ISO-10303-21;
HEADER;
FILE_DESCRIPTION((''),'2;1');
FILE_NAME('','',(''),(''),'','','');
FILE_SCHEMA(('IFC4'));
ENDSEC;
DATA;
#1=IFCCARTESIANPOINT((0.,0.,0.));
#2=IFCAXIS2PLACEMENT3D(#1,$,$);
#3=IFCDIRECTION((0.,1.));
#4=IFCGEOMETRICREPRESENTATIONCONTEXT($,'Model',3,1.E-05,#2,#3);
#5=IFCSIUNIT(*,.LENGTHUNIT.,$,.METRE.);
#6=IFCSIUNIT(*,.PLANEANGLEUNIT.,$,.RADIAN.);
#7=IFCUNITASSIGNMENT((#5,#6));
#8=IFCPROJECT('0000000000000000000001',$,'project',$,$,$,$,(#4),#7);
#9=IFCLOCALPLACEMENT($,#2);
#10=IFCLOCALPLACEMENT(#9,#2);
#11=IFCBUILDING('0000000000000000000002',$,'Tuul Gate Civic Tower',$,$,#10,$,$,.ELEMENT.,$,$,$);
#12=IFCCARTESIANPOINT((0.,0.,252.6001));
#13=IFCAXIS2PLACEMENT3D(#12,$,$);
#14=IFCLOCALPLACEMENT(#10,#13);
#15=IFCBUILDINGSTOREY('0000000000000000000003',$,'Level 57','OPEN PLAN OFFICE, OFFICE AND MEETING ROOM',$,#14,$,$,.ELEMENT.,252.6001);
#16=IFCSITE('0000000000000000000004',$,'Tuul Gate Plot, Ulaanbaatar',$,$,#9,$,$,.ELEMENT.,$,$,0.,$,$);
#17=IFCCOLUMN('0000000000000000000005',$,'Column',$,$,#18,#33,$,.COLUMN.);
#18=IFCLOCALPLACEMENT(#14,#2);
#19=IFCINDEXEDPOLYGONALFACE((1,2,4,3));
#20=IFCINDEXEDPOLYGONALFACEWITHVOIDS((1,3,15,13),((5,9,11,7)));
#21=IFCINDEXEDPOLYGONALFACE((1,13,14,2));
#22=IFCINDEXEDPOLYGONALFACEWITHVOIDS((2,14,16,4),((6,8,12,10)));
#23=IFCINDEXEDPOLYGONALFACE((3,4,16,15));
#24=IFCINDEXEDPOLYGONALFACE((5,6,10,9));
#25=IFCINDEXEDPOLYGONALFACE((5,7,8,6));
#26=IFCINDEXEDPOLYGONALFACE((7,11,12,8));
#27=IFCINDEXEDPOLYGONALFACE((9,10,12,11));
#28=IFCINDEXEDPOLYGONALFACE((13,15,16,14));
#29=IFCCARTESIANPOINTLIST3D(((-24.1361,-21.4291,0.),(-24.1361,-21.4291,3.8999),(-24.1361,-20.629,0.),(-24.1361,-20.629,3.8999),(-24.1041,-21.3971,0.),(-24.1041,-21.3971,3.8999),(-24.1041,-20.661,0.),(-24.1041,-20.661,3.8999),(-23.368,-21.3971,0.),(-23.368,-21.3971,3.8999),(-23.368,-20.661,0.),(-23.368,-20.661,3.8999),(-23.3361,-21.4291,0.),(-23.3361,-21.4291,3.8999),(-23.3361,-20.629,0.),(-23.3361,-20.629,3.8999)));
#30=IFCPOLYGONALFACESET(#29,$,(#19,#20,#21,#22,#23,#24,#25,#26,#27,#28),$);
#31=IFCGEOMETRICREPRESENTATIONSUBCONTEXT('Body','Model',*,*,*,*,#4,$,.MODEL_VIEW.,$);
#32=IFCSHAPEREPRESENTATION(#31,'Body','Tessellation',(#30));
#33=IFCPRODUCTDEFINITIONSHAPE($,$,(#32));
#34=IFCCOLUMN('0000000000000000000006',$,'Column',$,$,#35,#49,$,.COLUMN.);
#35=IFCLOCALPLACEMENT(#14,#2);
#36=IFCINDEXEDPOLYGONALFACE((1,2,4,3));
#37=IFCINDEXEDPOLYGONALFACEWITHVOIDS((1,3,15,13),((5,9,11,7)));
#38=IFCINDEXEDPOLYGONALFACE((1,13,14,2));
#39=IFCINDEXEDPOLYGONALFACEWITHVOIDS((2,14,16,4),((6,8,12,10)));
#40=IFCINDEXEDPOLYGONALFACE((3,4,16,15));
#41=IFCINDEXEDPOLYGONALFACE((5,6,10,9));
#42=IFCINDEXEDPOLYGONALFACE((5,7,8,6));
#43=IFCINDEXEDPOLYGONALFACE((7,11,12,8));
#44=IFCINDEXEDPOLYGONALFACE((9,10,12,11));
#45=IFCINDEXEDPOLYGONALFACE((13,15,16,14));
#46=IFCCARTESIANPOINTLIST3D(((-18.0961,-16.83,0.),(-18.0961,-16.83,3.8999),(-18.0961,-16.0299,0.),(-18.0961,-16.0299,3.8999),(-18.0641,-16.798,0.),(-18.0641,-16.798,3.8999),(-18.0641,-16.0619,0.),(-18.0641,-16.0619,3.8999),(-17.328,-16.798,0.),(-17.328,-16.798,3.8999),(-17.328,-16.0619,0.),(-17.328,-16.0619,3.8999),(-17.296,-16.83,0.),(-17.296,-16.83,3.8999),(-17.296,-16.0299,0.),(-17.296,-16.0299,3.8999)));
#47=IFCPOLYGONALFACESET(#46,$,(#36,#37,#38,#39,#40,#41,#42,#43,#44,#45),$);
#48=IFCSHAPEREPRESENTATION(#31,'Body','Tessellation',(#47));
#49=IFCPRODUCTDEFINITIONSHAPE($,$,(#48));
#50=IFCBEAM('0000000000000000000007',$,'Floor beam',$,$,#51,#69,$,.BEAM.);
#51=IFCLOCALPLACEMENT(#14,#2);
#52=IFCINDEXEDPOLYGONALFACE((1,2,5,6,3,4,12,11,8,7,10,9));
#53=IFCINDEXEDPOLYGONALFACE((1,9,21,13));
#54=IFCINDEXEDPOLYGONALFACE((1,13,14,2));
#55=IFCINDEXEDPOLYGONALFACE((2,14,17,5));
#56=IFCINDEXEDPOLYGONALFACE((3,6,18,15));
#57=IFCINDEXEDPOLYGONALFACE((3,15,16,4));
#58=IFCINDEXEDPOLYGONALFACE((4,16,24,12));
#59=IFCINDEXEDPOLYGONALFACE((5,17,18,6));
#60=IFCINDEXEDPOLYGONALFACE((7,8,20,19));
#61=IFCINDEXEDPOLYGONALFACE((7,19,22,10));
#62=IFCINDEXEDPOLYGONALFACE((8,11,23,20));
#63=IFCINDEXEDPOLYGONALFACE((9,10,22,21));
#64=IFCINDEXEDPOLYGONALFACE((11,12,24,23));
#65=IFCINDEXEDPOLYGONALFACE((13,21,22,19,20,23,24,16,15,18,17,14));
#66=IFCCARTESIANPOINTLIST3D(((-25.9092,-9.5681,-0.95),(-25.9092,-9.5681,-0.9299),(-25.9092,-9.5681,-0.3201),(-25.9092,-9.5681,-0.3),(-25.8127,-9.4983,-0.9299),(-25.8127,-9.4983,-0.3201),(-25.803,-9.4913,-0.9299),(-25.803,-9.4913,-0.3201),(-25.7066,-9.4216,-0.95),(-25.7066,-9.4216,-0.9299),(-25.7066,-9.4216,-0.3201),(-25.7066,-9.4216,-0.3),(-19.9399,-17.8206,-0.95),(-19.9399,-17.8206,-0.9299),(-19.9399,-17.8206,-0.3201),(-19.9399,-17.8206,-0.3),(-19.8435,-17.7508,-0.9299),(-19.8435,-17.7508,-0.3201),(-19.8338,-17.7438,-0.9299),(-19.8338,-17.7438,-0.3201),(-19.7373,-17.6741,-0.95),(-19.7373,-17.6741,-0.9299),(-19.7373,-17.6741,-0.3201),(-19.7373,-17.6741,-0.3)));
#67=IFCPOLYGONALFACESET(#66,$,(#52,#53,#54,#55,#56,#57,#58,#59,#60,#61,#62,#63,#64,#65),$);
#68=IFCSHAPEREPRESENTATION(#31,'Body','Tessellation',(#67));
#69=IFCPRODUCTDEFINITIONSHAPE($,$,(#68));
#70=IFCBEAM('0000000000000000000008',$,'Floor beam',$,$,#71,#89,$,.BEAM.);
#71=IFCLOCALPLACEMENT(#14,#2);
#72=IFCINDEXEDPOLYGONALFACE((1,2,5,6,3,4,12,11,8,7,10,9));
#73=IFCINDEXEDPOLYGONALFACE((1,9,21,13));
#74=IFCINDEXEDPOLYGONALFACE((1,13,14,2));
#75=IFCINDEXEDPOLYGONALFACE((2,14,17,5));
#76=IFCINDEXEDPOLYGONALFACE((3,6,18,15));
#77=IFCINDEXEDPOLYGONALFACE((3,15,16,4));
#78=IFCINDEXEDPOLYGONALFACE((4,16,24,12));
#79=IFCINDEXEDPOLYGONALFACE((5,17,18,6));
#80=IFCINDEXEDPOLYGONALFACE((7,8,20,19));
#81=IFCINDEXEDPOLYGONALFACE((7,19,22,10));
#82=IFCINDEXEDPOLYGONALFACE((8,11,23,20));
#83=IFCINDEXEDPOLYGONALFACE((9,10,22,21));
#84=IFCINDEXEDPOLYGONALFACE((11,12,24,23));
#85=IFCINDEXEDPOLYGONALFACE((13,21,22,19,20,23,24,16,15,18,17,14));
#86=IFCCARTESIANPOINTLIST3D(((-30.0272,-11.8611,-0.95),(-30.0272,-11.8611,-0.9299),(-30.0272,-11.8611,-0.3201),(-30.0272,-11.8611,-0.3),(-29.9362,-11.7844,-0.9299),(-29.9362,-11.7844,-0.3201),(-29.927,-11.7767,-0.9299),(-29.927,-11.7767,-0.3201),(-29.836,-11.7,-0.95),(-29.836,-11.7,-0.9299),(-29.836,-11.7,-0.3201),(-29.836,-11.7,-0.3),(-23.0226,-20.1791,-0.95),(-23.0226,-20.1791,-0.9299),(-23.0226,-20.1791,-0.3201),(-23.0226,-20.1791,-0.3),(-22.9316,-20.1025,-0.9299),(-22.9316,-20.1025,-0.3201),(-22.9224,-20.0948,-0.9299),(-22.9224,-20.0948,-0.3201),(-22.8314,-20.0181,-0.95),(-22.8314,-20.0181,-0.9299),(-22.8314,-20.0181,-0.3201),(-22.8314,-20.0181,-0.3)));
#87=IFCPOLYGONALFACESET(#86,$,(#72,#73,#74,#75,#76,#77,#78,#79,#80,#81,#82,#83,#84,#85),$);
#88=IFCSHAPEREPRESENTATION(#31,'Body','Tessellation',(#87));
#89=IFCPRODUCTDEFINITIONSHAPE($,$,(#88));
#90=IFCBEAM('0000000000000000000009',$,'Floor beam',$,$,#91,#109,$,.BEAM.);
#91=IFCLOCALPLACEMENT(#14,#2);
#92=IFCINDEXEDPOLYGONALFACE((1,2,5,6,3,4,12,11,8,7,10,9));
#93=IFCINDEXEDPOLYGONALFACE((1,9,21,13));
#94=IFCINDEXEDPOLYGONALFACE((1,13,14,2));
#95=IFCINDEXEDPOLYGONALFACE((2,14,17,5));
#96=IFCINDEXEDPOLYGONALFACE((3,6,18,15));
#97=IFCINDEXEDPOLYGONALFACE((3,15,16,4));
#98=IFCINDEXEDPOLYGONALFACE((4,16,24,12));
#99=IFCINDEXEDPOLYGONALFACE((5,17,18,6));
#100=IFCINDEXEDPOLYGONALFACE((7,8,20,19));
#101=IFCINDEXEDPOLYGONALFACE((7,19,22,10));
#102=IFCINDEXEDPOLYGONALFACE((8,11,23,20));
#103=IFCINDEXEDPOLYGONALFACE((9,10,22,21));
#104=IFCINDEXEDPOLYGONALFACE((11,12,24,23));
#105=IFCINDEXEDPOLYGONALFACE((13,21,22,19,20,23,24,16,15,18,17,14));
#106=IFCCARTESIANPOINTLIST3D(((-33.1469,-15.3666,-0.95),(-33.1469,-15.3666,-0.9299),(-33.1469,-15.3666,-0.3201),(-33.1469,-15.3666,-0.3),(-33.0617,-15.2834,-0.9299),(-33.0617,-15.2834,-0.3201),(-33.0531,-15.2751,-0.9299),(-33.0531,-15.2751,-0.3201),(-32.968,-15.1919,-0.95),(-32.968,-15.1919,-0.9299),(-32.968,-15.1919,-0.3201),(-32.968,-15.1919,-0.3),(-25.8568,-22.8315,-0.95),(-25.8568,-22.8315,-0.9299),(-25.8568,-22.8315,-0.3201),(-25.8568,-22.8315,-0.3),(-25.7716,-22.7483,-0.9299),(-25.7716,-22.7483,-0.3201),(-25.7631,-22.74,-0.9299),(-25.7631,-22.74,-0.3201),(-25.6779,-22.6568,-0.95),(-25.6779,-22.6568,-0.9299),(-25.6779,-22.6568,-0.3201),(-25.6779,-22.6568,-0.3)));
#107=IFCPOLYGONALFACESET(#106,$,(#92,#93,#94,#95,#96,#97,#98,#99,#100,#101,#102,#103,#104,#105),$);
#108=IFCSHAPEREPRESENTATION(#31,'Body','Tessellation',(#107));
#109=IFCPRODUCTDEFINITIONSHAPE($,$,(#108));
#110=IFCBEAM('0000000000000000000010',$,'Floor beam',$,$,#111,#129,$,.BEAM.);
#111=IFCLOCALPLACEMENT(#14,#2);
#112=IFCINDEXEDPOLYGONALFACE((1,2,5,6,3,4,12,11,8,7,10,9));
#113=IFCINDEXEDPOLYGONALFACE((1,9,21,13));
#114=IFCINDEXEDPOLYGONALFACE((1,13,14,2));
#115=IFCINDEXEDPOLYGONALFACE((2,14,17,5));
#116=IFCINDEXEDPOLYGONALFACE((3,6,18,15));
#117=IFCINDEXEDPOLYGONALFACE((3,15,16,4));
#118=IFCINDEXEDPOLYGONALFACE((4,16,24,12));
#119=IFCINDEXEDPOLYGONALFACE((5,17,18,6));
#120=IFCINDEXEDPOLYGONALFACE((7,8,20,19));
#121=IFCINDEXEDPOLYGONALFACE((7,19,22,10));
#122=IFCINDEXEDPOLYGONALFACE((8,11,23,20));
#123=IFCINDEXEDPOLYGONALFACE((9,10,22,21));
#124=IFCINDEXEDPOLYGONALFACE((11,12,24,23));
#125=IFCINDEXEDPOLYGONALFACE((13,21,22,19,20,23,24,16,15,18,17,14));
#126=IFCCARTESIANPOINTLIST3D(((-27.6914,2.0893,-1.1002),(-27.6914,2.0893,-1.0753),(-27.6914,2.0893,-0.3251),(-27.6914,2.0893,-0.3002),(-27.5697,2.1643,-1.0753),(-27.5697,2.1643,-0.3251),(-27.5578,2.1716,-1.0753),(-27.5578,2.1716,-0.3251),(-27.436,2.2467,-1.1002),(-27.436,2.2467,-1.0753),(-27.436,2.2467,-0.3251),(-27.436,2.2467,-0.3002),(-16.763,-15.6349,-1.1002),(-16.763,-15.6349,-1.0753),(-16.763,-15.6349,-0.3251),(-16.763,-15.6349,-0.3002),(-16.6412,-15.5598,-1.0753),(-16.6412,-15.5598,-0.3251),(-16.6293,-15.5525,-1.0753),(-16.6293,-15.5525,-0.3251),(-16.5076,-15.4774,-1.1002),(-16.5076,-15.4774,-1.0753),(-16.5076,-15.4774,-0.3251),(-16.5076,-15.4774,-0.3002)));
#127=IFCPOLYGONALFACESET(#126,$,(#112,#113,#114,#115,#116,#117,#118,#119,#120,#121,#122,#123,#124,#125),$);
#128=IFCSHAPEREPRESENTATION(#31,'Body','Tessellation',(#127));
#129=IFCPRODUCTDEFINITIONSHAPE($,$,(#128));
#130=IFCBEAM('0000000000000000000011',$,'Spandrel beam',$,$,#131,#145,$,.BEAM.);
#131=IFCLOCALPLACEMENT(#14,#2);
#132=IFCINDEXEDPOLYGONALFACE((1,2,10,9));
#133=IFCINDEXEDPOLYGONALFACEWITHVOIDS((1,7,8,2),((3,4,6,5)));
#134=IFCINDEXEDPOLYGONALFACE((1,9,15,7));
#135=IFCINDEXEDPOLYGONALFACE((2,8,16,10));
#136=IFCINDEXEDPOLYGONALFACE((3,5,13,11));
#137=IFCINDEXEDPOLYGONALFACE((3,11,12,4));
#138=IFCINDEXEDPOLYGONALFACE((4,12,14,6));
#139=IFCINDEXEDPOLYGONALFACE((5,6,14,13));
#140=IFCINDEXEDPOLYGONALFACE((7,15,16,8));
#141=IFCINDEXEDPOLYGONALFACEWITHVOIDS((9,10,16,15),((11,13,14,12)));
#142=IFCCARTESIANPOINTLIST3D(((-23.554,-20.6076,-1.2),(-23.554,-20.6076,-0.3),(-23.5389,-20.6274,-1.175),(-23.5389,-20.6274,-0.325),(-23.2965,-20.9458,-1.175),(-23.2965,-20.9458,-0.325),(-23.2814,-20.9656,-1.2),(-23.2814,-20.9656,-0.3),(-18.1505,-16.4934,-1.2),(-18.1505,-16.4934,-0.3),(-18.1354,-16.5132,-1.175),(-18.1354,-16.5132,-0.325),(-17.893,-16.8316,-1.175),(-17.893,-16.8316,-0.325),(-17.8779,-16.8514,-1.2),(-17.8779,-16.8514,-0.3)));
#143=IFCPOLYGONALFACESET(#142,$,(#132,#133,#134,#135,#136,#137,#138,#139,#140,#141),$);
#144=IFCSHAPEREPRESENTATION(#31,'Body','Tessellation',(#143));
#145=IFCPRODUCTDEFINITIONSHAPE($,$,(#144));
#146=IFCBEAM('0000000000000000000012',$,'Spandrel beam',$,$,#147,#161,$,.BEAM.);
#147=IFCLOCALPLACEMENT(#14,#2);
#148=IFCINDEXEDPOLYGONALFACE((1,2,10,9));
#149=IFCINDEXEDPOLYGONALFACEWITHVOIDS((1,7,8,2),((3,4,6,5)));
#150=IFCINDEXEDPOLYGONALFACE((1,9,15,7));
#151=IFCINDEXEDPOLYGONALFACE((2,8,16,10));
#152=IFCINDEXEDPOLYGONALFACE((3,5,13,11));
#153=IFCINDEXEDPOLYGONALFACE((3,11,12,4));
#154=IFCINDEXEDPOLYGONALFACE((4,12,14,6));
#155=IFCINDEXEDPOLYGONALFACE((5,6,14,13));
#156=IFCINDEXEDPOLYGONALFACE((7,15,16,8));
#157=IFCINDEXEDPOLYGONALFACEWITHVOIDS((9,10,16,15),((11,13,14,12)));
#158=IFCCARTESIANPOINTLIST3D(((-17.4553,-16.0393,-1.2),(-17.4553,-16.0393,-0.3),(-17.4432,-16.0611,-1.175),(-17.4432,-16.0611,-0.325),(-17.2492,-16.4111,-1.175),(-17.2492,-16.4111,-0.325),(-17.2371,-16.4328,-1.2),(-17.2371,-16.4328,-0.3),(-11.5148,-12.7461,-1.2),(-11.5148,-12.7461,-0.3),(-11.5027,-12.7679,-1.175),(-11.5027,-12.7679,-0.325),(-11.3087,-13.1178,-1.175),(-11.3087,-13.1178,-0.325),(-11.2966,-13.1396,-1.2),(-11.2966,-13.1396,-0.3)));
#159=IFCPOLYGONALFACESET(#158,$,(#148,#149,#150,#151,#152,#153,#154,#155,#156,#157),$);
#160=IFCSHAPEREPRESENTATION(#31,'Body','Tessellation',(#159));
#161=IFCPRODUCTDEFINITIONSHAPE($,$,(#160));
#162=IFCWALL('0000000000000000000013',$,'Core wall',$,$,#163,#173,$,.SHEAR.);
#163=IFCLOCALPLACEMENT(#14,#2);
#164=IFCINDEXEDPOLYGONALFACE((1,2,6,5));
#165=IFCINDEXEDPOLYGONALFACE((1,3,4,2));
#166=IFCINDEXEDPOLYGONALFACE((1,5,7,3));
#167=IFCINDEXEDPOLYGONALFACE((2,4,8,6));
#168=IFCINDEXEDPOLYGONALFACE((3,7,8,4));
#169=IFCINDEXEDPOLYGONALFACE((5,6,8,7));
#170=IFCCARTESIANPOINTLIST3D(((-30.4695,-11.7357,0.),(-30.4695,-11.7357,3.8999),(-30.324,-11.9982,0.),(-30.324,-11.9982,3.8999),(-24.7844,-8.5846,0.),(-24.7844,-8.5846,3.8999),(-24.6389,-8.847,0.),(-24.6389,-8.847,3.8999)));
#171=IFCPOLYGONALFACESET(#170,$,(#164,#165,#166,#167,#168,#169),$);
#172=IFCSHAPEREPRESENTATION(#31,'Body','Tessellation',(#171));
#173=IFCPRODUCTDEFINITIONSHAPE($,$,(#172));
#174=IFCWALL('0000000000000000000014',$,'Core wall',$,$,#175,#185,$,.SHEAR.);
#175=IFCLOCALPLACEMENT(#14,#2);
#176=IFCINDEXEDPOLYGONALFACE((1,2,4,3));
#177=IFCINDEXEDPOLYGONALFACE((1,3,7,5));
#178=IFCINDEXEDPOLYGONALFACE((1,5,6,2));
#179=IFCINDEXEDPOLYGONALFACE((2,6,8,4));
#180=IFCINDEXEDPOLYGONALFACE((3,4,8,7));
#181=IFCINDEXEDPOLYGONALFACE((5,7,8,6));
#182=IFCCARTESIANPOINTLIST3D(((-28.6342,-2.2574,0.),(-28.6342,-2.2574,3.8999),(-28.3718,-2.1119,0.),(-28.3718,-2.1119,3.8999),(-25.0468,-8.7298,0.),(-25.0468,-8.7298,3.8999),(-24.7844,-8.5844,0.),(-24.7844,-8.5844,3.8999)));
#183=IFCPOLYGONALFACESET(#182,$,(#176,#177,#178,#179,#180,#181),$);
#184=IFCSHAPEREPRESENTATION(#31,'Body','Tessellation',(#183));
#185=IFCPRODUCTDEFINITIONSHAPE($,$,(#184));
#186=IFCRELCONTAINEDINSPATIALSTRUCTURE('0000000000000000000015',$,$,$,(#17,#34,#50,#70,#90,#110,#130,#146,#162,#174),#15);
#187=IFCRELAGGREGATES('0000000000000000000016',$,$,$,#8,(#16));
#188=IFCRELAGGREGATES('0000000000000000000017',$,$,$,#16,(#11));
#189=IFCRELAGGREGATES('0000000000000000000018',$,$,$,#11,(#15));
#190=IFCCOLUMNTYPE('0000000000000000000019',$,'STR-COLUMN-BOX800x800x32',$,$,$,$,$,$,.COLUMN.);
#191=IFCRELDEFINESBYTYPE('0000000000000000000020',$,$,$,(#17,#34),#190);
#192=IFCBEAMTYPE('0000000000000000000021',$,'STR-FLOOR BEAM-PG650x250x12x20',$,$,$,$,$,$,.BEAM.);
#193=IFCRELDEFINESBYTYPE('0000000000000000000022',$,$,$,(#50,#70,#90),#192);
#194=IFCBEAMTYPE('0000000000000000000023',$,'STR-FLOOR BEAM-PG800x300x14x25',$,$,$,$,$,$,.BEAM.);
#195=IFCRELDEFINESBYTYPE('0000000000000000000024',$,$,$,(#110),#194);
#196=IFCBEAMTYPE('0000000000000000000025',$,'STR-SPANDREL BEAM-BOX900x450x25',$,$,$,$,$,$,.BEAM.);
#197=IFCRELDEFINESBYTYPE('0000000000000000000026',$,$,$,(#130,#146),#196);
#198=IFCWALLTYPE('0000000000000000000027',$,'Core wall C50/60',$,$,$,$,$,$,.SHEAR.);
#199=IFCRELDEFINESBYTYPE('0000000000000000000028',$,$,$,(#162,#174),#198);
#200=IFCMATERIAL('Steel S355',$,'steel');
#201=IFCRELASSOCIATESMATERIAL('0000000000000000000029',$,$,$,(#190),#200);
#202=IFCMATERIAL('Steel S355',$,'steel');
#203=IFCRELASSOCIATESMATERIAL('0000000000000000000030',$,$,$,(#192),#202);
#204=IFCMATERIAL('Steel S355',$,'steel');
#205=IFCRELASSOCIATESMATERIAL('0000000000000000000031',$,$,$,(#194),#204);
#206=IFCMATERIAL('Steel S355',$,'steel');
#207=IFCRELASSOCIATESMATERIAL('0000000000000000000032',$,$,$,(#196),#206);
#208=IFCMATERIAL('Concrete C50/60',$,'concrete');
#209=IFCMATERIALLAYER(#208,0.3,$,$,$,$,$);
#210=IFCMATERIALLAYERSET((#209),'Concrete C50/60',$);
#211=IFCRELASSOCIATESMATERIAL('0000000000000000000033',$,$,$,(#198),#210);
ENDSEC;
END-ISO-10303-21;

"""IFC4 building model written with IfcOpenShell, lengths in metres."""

from ifc_helpers import new_model, si_unit, direction, frame, frame_2d, origin, origin_2d, place, context, subcontext, project, spatial, rectangle, hollow_rectangle, i_section, extrude, material, layer, layer_set, material_profile, profile_set, type_object, element, save


model = new_model("IFC4")

# Units and contexts
model_context = context("Model", 3, precision=1e-05, world=origin(), true_north=direction((0.0, 1.0)))
body_context = subcontext(model_context, "Body", "Model", "MODEL_VIEW")
ifc_project = project(units=[si_unit("LENGTHUNIT", "METRE"), si_unit("PLANEANGLEUNIT", "RADIAN")], contexts=[model_context])

# Site, building, storey
site_placement = place(None, origin())
site = spatial("IfcSite", under=ifc_project, at=site_placement, Name="Tuul Gate Plot, Ulaanbaatar", CompositionType="ELEMENT", RefElevation=0.0)
building_placement = place(site_placement, origin())
building = spatial("IfcBuilding", under=site, at=building_placement, Name="Tuul Gate Civic Tower", CompositionType="ELEMENT")
storey_placement = place(building_placement, frame((0.0, 0.0, 252.6001)))
storey = spatial("IfcBuildingStorey", under=building, at=storey_placement, Name="Level 57", Description="OPEN PLAN OFFICE, OFFICE AND MEETING ROOM", CompositionType="ELEMENT", Elevation=252.6001)

# Columns
ifc_material_1 = material(Name="Steel S355", Category="steel")
ifc_material_profile_1 = material_profile(ifc_material_1, hollow_rectangle(XDim=0.8, YDim=0.8, WallThickness=0.032, at=origin_2d()), Name="BOX800x800x32")
ifc_profile_set_1 = profile_set([ifc_material_profile_1], Name="Steel S355")
column_type = type_object("IfcColumnType", Name="STR-COLUMN-BOX800x800x32", PredefinedType="COLUMN", material=ifc_profile_set_1)
for number, where, z_axis, x_axis, name in (
    (1, (-23.7361, -21.0291, 0.0), (0.0, 0.0, 1.0), (1.0, 0.0, 0.0), "Column"),
    (2, (-17.696, -16.4299, 0.0), (0.0, 0.0, 1.0), (1.0, 0.0, 0.0), "Column"),
):
    element("IfcColumn", number, at=place(storey_placement, frame(where, z_axis=z_axis, x_axis=x_axis)), inside=storey, type_object=column_type, Name=name, PredefinedType="COLUMN", context=body_context, shape_type="SweptSolid", body=[
        extrude(hollow_rectangle(XDim=0.8, YDim=0.8, WallThickness=0.032, at=origin_2d()), origin(), (0.0, 0.0, 1.0), 3.8999),
    ])

# Beams
ifc_material_2 = material(Name="Steel S355", Category="steel")
ifc_material_profile_2 = material_profile(ifc_material_2, i_section(OverallWidth=0.25, OverallDepth=0.6499, WebThickness=0.012, FlangeThickness=0.02, at=origin_2d()), Name="PG650x250x12x20")
ifc_profile_set_2 = profile_set([ifc_material_profile_2], Name="Steel S355")
beam_type_1 = type_object("IfcBeamType", Name="STR-FLOOR BEAM-PG650x250x12x20", PredefinedType="BEAM", material=ifc_profile_set_2)
beam_1_placement = place(storey_placement, frame((-19.8386, -17.7473, -0.625), z_axis=(-0.58608, 0.810253, 0.0), x_axis=(-0.810253, -0.58608, 0.0)))
element("IfcBeam", 3, at=beam_1_placement, inside=storey, type_object=beam_type_1, Name="Floor beam", PredefinedType="BEAM", context=body_context, shape_type="SweptSolid", body=[
    extrude(i_section(OverallWidth=0.25, OverallDepth=0.6499, WebThickness=0.012, FlangeThickness=0.02, at=origin_2d()), origin(), (0.0, 0.0, 1.0), 10.1851),
])
beam_2_placement = place(storey_placement, frame((-22.927, -20.0986, -0.625), z_axis=(-0.644131, 0.764915, 0.0), x_axis=(-0.764915, -0.644131, 0.0)))
element("IfcBeam", 4, at=beam_2_placement, inside=storey, type_object=beam_type_1, Name="Floor beam", PredefinedType="BEAM", context=body_context, shape_type="SweptSolid", body=[
    extrude(i_section(OverallWidth=0.25, OverallDepth=0.6499, WebThickness=0.012, FlangeThickness=0.02, at=origin_2d()), origin(), (0.0, 0.0, 1.0), 10.8745),
])
beam_3_placement = place(storey_placement, frame((-25.7673, -22.7441, -0.625), z_axis=(-0.69868, 0.715434, 0.0), x_axis=(-0.715434, -0.69868, 0.0)))
element("IfcBeam", 5, at=beam_3_placement, inside=storey, type_object=beam_type_1, Name="Floor beam", PredefinedType="BEAM", context=body_context, shape_type="SweptSolid", body=[
    extrude(i_section(OverallWidth=0.25, OverallDepth=0.6499, WebThickness=0.012, FlangeThickness=0.02, at=origin_2d()), origin(), (0.0, 0.0, 1.0), 10.4341),
])
ifc_material_3 = material(Name="Steel S355", Category="steel")
ifc_material_profile_3 = material_profile(ifc_material_3, i_section(OverallWidth=0.3, OverallDepth=0.8, WebThickness=0.0139, FlangeThickness=0.0249, at=origin_2d()), Name="PG800x300x14x25")
ifc_profile_set_3 = profile_set([ifc_material_profile_3], Name="Steel S355")
beam_type_2 = type_object("IfcBeamType", Name="STR-FLOOR BEAM-PG800x300x14x25", PredefinedType="BEAM", material=ifc_profile_set_3)
beam_4_placement = place(storey_placement, frame((-16.6353, -15.5562, -0.7002), z_axis=(-0.52484, 0.851201, 0.0), x_axis=(-0.851201, -0.52484, 0.0)))
element("IfcBeam", 6, at=beam_4_placement, inside=storey, type_object=beam_type_2, Name="Floor beam", PredefinedType="BEAM", context=body_context, shape_type="SweptSolid", body=[
    extrude(i_section(OverallWidth=0.3, OverallDepth=0.8, WebThickness=0.0139, FlangeThickness=0.0249, at=origin_2d()), origin(), (0.0, 0.0, 1.0), 20.8225),
])
ifc_material_4 = material(Name="Steel S355", Category="steel")
ifc_material_profile_4 = material_profile(ifc_material_4, hollow_rectangle(XDim=0.45, YDim=0.8999, WallThickness=0.0249, at=origin_2d()), Name="BOX900x450x25")
ifc_profile_set_4 = profile_set([ifc_material_profile_4], Name="Steel S355")
beam_type_3 = type_object("IfcBeamType", Name="STR-SPANDREL BEAM-BOX900x450x25", PredefinedType="BEAM", material=ifc_profile_set_4)
beam_5_placement = place(storey_placement, frame((-23.4177, -20.7866, -0.75), z_axis=(0.795626, 0.605788, 0.0), x_axis=(-0.605788, 0.795626, 0.0)))
element("IfcBeam", 7, at=beam_5_placement, inside=storey, type_object=beam_type_3, Name="Spandrel beam", PredefinedType="BEAM", context=body_context, shape_type="SweptSolid", body=[
    extrude(hollow_rectangle(XDim=0.45, YDim=0.8999, WallThickness=0.0249, at=origin_2d()), origin(), (0.0, 0.0, 1.0), 6.7915),
])
beam_6_placement = place(storey_placement, frame((-17.3462, -16.2361, -0.75), z_axis=(0.874596, 0.484852, 0.0), x_axis=(-0.484852, 0.874596, 0.0)))
element("IfcBeam", 8, at=beam_6_placement, inside=storey, type_object=beam_type_3, Name="Spandrel beam", PredefinedType="BEAM", context=body_context, shape_type="SweptSolid", body=[
    extrude(hollow_rectangle(XDim=0.45, YDim=0.8999, WallThickness=0.0249, at=origin_2d()), origin(), (0.0, 0.0, 1.0), 6.7922),
])

# Walls
ifc_material_5 = material(Name="Concrete C50/60", Category="concrete")
ifc_layer_1 = layer(ifc_material_5, 0.3)
ifc_layer_set_1 = layer_set([ifc_layer_1], Name="Concrete C50/60")
wall_type_1 = type_object("IfcWallType", Name="Core wall C50/60", PredefinedType="SHEAR", material=ifc_layer_set_1)
wall_1_placement = place(storey_placement, frame((-24.7117, -8.7158, 0.0), z_axis=(0.0, 0.0, 1.0), x_axis=(-0.87463, -0.484791, 0.0)))
element("IfcWall", 9, at=wall_1_placement, inside=storey, type_object=wall_type_1, Name="Core wall", PredefinedType="SHEAR", context=body_context, shape_type="SweptSolid", body=[
    extrude(rectangle(XDim=6.5, YDim=0.3, at=frame_2d((3.25, 0.0))), origin(), (0.0, 0.0, 1.0), 3.8999),
])
wall_2_placement = place(storey_placement, frame((-24.9155, -8.6572, 0.0), z_axis=(0.0, 0.0, 1.0), x_axis=(-0.484777, 0.874638, 0.0)))
element("IfcWall", 10, at=wall_2_placement, inside=storey, type_object=wall_type_1, Name="Core wall", PredefinedType="SHEAR", context=body_context, shape_type="SweptSolid", body=[
    extrude(rectangle(XDim=7.4001, YDim=0.3, at=frame_2d((3.7002, 0.0))), origin(), (0.0, 0.0, 1.0), 3.8999),
])

save(model, "model.ifc")
